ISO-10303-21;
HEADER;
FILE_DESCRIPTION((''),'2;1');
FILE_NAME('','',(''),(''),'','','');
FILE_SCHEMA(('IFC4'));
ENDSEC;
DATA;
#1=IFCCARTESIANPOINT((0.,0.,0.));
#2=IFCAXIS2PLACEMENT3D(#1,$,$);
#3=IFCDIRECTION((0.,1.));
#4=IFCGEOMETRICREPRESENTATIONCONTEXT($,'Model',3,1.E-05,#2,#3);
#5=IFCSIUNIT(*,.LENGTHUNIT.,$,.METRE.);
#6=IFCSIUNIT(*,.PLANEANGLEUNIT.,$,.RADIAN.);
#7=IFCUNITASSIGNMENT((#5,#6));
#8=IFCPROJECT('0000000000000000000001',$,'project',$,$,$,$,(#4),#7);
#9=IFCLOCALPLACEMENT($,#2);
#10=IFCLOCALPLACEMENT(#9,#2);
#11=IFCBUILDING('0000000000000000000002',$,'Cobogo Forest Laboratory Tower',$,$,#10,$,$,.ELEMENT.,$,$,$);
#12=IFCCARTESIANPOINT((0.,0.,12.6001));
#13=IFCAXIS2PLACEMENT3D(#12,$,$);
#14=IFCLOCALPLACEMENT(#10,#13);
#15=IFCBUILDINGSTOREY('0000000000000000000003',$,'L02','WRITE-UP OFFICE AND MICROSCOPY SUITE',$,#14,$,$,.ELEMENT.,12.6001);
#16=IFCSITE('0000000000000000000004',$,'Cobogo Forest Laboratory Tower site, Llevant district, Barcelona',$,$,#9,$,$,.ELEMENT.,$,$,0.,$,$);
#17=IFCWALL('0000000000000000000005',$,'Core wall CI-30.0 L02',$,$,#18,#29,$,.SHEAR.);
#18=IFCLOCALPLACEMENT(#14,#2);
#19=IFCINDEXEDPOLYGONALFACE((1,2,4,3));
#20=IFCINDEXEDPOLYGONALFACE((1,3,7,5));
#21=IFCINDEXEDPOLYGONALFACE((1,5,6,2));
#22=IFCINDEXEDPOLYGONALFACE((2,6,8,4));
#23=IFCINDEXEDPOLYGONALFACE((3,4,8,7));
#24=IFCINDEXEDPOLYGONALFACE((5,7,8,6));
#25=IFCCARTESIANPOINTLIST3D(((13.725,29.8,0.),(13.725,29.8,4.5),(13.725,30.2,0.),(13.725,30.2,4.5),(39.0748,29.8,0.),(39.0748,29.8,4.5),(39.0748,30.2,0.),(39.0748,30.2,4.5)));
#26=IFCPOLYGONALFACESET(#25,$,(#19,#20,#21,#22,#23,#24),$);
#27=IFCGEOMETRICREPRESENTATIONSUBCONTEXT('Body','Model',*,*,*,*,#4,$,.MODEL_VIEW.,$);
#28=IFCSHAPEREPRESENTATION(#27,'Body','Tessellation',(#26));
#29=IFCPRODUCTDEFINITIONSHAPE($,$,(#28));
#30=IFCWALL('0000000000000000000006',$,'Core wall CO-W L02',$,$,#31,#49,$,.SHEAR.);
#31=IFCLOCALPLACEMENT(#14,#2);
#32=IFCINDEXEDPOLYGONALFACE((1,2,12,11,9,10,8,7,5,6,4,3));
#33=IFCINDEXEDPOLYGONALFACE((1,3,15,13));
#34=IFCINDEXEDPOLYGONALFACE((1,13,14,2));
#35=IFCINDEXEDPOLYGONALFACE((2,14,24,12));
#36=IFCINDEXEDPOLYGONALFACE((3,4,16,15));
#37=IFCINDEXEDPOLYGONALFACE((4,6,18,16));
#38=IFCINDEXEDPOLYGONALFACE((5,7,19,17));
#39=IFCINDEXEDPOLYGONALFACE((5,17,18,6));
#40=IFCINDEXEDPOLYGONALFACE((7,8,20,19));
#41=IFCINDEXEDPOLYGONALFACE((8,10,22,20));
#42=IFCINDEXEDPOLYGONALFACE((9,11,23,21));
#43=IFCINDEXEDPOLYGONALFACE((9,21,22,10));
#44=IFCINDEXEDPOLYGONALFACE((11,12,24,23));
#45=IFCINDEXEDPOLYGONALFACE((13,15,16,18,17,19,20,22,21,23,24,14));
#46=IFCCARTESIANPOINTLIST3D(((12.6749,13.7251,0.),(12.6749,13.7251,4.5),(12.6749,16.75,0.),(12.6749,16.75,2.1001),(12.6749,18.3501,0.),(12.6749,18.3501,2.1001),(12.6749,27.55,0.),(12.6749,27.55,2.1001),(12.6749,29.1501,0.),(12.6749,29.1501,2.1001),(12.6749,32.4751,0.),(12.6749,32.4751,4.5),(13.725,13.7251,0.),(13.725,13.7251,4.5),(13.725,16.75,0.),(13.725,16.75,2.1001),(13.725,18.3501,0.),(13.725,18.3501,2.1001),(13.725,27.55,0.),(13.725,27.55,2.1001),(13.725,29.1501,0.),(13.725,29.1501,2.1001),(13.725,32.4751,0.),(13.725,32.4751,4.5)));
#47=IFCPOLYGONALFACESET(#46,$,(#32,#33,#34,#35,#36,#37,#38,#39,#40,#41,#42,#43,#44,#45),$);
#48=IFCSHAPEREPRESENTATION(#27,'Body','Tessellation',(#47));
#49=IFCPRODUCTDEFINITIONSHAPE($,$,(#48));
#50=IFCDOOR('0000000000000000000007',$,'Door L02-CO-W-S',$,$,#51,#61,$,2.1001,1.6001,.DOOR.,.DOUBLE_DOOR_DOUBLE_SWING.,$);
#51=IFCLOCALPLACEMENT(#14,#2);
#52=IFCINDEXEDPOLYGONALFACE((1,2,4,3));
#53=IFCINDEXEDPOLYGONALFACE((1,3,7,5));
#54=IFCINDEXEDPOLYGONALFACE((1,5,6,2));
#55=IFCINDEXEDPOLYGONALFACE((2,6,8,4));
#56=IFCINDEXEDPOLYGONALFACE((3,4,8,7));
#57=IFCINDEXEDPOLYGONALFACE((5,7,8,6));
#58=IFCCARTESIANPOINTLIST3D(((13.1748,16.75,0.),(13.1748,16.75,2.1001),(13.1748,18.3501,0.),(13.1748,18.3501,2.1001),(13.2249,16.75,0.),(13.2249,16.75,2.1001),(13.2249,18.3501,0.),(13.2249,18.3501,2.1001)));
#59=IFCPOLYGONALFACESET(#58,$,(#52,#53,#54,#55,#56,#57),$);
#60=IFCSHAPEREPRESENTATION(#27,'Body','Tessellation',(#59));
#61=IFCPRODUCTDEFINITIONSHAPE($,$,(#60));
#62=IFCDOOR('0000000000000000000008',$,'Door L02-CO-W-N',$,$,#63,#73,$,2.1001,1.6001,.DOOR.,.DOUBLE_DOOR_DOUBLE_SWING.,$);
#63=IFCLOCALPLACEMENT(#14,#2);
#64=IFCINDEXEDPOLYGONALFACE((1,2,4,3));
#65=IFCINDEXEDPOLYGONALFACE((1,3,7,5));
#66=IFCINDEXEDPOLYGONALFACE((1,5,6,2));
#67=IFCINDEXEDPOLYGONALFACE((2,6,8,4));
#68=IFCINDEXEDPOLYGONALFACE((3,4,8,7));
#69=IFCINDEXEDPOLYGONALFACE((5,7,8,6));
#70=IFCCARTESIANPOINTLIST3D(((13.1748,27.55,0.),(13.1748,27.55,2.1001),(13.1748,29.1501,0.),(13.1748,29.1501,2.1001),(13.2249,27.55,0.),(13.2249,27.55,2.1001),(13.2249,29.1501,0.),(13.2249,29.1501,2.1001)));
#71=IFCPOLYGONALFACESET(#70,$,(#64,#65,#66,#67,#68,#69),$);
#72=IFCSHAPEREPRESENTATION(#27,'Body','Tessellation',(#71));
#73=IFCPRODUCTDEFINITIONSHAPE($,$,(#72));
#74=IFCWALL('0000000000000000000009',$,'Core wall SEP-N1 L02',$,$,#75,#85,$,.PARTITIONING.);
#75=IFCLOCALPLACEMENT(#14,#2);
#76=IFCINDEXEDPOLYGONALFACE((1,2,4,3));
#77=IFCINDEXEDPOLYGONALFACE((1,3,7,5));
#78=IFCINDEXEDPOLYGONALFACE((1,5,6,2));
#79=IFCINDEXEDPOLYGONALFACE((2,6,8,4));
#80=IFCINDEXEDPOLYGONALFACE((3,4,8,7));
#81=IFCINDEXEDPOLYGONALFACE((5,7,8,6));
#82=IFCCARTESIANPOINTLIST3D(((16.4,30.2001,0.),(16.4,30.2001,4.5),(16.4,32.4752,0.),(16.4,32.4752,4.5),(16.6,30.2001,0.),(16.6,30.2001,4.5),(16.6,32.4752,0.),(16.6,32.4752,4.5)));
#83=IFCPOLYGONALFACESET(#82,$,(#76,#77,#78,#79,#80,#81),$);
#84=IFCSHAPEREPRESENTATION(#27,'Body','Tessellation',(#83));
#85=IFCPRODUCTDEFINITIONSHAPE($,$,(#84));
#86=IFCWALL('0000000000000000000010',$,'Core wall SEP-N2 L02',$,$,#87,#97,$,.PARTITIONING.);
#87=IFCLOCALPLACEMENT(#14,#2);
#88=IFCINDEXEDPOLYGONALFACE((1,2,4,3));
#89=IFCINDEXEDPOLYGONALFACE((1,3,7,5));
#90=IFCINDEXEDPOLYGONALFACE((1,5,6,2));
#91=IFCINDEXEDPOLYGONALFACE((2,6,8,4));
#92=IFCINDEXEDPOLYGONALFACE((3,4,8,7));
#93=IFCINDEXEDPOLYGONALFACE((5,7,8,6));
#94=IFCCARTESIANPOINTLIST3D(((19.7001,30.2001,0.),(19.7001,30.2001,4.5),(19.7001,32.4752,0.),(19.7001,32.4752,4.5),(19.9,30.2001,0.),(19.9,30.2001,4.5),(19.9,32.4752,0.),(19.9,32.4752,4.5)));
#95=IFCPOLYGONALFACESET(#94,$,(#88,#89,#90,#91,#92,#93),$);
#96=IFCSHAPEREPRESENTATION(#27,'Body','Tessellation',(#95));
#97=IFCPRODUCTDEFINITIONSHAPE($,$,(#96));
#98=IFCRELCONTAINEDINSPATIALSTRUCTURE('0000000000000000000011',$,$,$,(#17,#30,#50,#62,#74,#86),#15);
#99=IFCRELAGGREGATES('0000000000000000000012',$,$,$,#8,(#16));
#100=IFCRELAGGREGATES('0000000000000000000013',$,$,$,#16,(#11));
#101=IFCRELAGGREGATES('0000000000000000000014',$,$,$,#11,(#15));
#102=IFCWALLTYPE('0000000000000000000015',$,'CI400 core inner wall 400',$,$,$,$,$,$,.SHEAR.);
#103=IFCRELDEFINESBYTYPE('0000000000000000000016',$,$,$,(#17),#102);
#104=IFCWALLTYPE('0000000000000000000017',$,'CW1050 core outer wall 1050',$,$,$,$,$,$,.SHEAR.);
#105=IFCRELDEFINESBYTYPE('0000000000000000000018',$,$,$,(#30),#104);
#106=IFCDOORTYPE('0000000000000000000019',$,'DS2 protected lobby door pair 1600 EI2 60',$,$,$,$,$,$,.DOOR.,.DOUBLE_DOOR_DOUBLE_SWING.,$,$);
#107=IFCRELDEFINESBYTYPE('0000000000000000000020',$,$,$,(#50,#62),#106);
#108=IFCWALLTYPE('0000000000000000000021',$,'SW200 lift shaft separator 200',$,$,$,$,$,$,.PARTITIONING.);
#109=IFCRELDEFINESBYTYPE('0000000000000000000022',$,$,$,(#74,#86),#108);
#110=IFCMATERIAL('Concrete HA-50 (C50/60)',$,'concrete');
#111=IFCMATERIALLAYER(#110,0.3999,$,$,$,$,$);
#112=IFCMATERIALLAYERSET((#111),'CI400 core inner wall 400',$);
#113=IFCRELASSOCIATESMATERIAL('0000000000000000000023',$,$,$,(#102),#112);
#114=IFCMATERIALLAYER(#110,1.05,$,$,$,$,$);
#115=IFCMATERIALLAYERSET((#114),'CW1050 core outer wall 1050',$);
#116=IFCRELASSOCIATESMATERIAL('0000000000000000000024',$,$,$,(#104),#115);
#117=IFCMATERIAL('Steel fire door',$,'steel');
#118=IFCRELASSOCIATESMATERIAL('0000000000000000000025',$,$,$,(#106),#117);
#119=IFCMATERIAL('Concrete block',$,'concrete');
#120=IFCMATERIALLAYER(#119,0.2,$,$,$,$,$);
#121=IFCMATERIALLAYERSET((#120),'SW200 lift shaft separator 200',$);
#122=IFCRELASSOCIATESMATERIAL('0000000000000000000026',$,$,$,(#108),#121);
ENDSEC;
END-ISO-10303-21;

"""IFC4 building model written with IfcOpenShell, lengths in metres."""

from ifc_helpers import new_model, si_unit, direction, frame, frame_2d, origin, place, context, subcontext, project, spatial, rectangle, extrude, material, layer, layer_set, type_object, element, fill, save


model = new_model("IFC4")

# Units and contexts
model_context = context("Model", 3, precision=1e-05, world=origin(), true_north=direction((0.0, 1.0)))
body_context = subcontext(model_context, "Body", "Model", "MODEL_VIEW")
ifc_project = project(units=[si_unit("LENGTHUNIT", "METRE"), si_unit("PLANEANGLEUNIT", "RADIAN")], contexts=[model_context])

# Site, building, storey
site_placement = place(None, origin())
site = spatial("IfcSite", under=ifc_project, at=site_placement, Name="Cobogo Forest Laboratory Tower site, Llevant district, Barcelona", CompositionType="ELEMENT", RefElevation=0.0)
building_placement = place(site_placement, origin())
building = spatial("IfcBuilding", under=site, at=building_placement, Name="Cobogo Forest Laboratory Tower", CompositionType="ELEMENT")
storey_placement = place(building_placement, frame((0.0, 0.0, 12.6001)))
storey = spatial("IfcBuildingStorey", under=building, at=storey_placement, Name="L02", Description="WRITE-UP OFFICE AND MICROSCOPY SUITE", CompositionType="ELEMENT", Elevation=12.6001)

# Shared definitions
ifc_material_1 = material(Name="Concrete HA-50 (C50/60)", Category="concrete")
ifc_layer_1 = layer(ifc_material_1, 0.3999)
ifc_layer_set_1 = layer_set([ifc_layer_1], Name="CI400 core inner wall 400")
wall_type_1 = type_object("IfcWallType", Name="CI400 core inner wall 400", PredefinedType="SHEAR", material=ifc_layer_set_1)
ifc_material_2 = material(Name="Steel fire door", Category="steel")

# Wall
wall_1_placement = place(storey_placement, frame((13.7251, 30.0, 0.0), z_axis=(0.0, 0.0, 1.0), x_axis=(1.0, 0.0, 0.0)))
element("IfcWall", 1, at=wall_1_placement, inside=storey, type_object=wall_type_1, Name="Core wall CI-30.0 L02", PredefinedType="SHEAR", context=body_context, shape_type="SweptSolid", body=[
    extrude(rectangle(XDim=25.3499, YDim=0.3999, at=frame_2d((12.6748, 0.0))), origin(), (0.0, 0.0, 1.0), 4.5),
])

# Wall, openings, doors
ifc_layer_2 = layer(ifc_material_1, 1.05)
ifc_layer_set_2 = layer_set([ifc_layer_2], Name="CW1050 core outer wall 1050")
wall_type_2 = type_object("IfcWallType", Name="CW1050 core outer wall 1050", PredefinedType="SHEAR", material=ifc_layer_set_2)
wall_2_placement = place(storey_placement, frame((13.2, 32.4751, 0.0), z_axis=(0.0, 0.0, 1.0), x_axis=(0.0, -1.0, 0.0)))
wall_2 = element("IfcWall", 2, at=wall_2_placement, inside=storey, type_object=wall_type_2, Name="Core wall CO-W L02", PredefinedType="SHEAR", context=body_context, shape_type="SweptSolid", body=[
    extrude(rectangle(XDim=18.75, YDim=1.05, at=frame_2d((9.375, 0.0))), origin(), (0.0, 0.0, 1.0), 4.5),
])
opening_1_placement = place(wall_2_placement, frame((14.125, 0.0, 0.0)))
opening_1 = element("IfcOpeningElement", 3, at=opening_1_placement, cuts=wall_2, PredefinedType="OPENING", context=body_context, shape_type="SweptSolid", body=[
    extrude(rectangle(XDim=1.6001, YDim=2.1001, at=frame_2d((0.8, 1.05))), frame((0.0, 0.5349, 0.0), z_axis=(0.0, -1.0, 0.0), x_axis=(1.0, 0.0, 0.0)), (0.0, 0.0, 1.0), 1.0701),
])
opening_2_placement = place(wall_2_placement, frame((3.325, 0.0, 0.0)))
opening_2 = element("IfcOpeningElement", 4, at=opening_2_placement, cuts=wall_2, PredefinedType="OPENING", context=body_context, shape_type="SweptSolid", body=[
    extrude(rectangle(XDim=1.6001, YDim=2.1001, at=frame_2d((0.8, 1.05))), frame((0.0, 0.5349, 0.0), z_axis=(0.0, -1.0, 0.0), x_axis=(1.0, 0.0, 0.0)), (0.0, 0.0, 1.0), 1.0701),
])
door_type_1 = type_object("IfcDoorType", Name="DS2 protected lobby door pair 1600 EI2 60", OperationType="DOUBLE_DOOR_DOUBLE_SWING", PredefinedType="DOOR", material=ifc_material_2)
door_1_placement = place(opening_1_placement, origin())
door_1 = element("IfcDoor", 5, at=door_1_placement, inside=storey, type_object=door_type_1, Name="Door L02-CO-W-S", OperationType="DOUBLE_DOOR_DOUBLE_SWING", OverallHeight=2.1001, OverallWidth=1.6001, PredefinedType="DOOR", context=body_context, shape_type="SweptSolid", body=[
    extrude(rectangle(XDim=1.6001, YDim=2.1001, at=frame_2d((0.8, 1.05))), frame((0.0, 0.0249, 0.0), z_axis=(0.0, -1.0, 0.0), x_axis=(1.0, 0.0, 0.0)), (0.0, 0.0, 1.0), 0.05),
])
fill(opening_1, door_1)
door_2_placement = place(opening_2_placement, origin())
door_2 = element("IfcDoor", 6, at=door_2_placement, inside=storey, type_object=door_type_1, Name="Door L02-CO-W-N", OperationType="DOUBLE_DOOR_DOUBLE_SWING", OverallHeight=2.1001, OverallWidth=1.6001, PredefinedType="DOOR", context=body_context, shape_type="SweptSolid", body=[
    extrude(rectangle(XDim=1.6001, YDim=2.1001, at=frame_2d((0.8, 1.05))), frame((0.0, 0.0249, 0.0), z_axis=(0.0, -1.0, 0.0), x_axis=(1.0, 0.0, 0.0)), (0.0, 0.0, 1.0), 0.05),
])
fill(opening_2, door_2)

# Walls
ifc_material_3 = material(Name="Concrete block", Category="concrete")
ifc_layer_3 = layer(ifc_material_3, 0.2)
ifc_layer_set_3 = layer_set([ifc_layer_3], Name="SW200 lift shaft separator 200")
wall_type_3 = type_object("IfcWallType", Name="SW200 lift shaft separator 200", PredefinedType="PARTITIONING", material=ifc_layer_set_3)
for number, where, z_axis, x_axis, name in (
    (7, (16.5, 30.2, 0.0), (0.0, 0.0, 1.0), (0.0, 1.0, 0.0), "Core wall SEP-N1 L02"),
    (8, (19.8, 30.2, 0.0), (0.0, 0.0, 1.0), (0.0, 1.0, 0.0), "Core wall SEP-N2 L02"),
):
    element("IfcWall", number, at=place(storey_placement, frame(where, z_axis=z_axis, x_axis=x_axis)), inside=storey, type_object=wall_type_3, Name=name, PredefinedType="PARTITIONING", context=body_context, shape_type="SweptSolid", body=[
        extrude(rectangle(XDim=2.2751, YDim=0.2, at=frame_2d((1.1377, 0.0))), origin(), (0.0, 0.0, 1.0), 4.5),
    ])

save(model, "model.ifc")
